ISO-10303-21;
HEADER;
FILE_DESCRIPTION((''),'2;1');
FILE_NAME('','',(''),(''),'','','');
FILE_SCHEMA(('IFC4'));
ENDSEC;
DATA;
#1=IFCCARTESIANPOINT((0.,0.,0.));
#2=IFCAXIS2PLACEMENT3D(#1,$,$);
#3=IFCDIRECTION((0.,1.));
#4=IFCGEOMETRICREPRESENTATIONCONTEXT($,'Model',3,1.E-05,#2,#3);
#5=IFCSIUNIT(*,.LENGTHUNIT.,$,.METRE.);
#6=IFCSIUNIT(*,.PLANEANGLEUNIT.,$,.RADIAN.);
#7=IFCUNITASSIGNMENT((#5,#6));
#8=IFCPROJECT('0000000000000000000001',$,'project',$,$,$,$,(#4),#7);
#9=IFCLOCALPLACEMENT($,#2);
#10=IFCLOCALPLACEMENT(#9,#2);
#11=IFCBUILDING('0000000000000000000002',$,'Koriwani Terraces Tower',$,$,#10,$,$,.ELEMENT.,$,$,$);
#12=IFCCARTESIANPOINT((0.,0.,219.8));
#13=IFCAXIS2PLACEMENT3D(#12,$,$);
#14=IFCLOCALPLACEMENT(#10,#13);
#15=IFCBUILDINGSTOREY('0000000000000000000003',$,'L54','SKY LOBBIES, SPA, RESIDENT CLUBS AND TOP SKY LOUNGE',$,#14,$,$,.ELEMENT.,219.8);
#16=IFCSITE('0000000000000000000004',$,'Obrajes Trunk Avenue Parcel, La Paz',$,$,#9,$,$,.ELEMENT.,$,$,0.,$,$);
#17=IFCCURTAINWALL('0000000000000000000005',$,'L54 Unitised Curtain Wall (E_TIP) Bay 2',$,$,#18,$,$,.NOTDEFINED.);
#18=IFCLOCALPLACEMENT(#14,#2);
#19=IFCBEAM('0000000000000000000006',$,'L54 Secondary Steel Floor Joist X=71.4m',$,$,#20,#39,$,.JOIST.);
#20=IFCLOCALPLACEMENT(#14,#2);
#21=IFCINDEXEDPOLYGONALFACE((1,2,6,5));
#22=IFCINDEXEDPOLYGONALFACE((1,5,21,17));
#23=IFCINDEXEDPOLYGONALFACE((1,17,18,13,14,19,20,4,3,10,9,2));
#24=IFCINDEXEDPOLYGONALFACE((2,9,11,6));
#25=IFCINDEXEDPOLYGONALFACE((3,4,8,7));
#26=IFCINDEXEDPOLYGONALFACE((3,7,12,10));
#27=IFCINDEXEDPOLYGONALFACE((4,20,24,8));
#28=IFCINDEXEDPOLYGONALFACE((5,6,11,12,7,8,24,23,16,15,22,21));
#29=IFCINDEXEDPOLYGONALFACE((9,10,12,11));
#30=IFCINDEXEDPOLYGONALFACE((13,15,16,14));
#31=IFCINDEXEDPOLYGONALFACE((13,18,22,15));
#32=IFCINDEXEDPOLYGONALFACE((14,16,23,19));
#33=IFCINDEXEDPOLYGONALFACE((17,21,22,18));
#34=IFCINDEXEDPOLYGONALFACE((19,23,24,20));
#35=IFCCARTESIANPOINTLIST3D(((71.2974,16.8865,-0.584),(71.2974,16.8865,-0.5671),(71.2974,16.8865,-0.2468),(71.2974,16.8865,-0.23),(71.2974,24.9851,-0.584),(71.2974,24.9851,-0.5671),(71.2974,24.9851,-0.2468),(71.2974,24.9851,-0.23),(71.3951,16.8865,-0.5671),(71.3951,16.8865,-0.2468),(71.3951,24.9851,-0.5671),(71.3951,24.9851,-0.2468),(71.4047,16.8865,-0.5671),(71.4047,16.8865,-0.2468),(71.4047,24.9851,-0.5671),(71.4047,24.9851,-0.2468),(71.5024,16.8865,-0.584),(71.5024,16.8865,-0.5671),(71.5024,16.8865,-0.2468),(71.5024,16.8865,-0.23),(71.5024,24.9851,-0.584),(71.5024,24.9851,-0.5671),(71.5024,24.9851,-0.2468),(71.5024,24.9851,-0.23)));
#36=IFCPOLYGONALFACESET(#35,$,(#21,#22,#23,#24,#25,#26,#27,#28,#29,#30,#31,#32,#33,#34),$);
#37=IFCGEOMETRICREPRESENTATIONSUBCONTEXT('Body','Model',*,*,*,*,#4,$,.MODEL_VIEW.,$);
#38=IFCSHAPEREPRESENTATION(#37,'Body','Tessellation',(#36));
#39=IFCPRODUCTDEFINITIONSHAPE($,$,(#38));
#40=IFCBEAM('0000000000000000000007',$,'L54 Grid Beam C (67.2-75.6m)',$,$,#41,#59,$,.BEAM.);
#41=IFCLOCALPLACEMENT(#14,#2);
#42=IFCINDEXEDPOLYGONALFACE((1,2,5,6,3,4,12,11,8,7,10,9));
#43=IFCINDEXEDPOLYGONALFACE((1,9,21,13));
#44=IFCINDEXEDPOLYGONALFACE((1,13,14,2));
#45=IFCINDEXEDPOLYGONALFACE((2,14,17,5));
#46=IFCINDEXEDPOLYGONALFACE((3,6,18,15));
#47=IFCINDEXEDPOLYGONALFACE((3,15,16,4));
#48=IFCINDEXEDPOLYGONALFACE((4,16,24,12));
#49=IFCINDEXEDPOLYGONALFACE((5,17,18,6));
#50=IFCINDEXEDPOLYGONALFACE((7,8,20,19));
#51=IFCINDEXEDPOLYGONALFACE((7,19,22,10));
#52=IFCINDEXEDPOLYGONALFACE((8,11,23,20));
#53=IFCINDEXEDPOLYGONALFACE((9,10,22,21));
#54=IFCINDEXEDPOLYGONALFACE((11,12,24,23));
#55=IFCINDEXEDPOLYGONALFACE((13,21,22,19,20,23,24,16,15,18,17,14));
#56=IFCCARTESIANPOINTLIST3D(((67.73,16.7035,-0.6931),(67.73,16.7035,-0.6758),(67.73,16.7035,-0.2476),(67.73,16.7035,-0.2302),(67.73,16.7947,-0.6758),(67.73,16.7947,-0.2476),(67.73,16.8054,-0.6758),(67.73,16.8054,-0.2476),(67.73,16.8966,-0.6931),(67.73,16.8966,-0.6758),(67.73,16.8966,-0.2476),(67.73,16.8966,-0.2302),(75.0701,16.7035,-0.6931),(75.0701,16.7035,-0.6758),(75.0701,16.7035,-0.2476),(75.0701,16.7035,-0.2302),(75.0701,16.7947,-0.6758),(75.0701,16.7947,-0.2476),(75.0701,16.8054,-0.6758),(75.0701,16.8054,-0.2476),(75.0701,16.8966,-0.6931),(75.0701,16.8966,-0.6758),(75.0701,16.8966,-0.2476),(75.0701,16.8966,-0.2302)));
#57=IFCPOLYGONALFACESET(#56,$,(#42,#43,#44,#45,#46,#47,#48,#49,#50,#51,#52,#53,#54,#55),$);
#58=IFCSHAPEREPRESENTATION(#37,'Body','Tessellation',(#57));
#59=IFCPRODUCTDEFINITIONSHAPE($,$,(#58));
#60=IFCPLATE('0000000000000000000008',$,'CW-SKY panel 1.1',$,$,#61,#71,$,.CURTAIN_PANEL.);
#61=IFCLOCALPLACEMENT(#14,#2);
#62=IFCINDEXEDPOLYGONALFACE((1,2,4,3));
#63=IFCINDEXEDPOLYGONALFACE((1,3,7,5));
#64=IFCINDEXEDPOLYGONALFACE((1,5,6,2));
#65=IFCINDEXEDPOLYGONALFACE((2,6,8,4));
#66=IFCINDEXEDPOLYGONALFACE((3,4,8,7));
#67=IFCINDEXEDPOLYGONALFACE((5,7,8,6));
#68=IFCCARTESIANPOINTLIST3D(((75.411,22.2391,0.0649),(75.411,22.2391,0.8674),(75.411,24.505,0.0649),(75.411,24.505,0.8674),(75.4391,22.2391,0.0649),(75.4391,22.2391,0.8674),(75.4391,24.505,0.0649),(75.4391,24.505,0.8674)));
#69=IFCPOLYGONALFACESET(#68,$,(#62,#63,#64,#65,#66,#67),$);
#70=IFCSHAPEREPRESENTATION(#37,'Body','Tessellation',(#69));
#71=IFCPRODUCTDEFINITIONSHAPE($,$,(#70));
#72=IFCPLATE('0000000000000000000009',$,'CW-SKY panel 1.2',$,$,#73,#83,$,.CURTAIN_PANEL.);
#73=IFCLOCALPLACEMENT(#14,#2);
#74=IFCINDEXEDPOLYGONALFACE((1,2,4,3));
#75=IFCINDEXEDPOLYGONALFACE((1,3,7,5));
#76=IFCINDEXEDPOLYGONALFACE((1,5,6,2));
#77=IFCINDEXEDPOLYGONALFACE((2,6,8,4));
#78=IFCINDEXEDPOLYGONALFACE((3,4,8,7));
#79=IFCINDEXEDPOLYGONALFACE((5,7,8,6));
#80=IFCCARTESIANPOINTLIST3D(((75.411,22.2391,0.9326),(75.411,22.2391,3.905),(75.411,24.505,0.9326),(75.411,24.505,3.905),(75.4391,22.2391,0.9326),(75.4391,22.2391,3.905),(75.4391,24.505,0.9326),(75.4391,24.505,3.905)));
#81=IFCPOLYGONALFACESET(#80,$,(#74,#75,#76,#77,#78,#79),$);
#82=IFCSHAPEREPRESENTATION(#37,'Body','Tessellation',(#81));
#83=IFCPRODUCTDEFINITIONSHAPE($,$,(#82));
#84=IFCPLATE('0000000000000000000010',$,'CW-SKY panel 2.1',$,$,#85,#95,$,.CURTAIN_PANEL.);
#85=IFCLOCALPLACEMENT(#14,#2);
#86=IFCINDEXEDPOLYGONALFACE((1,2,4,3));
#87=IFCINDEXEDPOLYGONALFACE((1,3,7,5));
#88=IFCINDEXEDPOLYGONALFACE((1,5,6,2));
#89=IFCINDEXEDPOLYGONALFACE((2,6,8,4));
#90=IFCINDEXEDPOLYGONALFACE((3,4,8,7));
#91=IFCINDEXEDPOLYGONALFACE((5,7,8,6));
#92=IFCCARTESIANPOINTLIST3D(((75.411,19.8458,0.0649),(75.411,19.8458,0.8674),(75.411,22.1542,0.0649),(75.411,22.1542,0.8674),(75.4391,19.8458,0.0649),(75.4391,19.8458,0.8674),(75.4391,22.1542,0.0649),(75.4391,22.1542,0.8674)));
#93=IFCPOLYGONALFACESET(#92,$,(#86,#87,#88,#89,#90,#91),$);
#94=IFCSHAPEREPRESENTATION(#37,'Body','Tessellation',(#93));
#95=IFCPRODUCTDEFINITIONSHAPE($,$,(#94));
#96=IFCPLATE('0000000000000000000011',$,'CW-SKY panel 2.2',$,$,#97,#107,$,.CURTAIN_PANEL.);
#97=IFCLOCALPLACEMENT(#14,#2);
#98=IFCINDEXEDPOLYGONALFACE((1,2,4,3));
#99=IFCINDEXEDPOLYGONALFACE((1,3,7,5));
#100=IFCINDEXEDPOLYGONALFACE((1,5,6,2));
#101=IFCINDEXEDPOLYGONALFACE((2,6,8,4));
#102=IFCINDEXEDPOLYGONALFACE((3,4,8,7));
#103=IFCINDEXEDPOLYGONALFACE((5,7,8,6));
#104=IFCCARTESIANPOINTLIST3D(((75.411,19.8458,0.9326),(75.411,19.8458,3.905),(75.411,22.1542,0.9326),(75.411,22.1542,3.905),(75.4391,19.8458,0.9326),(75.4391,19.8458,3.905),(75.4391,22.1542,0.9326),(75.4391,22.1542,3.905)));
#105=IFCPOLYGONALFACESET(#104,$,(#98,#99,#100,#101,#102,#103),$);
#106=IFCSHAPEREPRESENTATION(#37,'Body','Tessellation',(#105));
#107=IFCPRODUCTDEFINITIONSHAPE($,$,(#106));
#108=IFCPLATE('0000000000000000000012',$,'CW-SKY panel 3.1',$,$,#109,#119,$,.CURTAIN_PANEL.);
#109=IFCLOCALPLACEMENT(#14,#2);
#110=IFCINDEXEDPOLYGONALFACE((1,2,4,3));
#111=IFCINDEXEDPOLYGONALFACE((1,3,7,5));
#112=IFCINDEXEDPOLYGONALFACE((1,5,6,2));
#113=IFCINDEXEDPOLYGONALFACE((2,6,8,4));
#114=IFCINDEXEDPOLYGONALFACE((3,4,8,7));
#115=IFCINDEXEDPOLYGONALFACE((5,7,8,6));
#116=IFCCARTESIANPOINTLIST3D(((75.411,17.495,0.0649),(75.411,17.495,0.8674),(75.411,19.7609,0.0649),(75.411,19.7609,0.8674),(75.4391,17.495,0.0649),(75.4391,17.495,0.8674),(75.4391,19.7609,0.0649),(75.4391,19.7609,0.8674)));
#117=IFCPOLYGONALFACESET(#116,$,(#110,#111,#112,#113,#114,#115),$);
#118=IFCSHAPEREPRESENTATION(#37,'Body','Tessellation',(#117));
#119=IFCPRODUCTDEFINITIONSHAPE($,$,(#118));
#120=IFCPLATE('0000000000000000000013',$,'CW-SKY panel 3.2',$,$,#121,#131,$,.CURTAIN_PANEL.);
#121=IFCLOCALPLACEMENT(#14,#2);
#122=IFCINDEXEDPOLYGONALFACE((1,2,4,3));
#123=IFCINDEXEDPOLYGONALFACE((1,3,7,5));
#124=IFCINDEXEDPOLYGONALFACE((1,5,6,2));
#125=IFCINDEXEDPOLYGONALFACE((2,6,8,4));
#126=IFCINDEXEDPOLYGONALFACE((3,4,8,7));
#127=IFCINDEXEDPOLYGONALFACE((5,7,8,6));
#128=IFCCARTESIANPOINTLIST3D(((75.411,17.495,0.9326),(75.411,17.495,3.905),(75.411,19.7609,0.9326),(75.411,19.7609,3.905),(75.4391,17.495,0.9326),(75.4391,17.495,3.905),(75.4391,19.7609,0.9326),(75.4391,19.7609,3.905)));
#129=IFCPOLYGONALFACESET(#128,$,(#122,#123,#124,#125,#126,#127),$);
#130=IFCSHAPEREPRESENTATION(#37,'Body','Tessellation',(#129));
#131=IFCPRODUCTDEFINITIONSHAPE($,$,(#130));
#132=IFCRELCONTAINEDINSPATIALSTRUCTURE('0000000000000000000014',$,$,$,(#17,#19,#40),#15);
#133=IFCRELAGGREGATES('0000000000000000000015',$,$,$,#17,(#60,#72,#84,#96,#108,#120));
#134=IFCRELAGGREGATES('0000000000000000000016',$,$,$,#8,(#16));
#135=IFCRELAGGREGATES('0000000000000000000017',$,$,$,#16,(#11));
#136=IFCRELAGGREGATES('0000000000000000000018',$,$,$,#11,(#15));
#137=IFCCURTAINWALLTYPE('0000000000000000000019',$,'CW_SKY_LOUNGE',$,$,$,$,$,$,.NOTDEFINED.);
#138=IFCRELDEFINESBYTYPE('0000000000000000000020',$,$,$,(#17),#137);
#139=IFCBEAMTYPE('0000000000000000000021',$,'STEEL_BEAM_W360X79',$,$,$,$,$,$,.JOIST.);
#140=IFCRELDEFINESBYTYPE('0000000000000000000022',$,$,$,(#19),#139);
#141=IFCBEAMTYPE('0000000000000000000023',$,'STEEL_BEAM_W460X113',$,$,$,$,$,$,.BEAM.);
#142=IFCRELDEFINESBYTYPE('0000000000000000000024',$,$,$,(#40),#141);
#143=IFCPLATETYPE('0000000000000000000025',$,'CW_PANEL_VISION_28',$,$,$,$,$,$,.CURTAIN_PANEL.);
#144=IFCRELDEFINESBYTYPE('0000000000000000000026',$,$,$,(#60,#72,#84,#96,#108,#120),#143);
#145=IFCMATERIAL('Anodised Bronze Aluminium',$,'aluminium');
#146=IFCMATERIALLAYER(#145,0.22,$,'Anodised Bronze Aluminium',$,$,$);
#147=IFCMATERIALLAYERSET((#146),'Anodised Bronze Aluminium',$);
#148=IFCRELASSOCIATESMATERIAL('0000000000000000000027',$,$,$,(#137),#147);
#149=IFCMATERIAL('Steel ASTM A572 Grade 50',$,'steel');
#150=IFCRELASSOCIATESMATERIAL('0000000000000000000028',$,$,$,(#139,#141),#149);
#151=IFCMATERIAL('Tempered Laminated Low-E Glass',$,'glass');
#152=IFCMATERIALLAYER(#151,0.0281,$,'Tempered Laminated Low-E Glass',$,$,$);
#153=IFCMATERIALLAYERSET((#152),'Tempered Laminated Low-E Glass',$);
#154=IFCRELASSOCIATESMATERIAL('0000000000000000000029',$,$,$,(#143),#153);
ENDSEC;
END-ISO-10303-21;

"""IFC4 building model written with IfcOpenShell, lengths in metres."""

from ifc_helpers import new_model, si_unit, direction, frame, origin, origin_2d, place, context, subcontext, project, spatial, rectangle, i_section, extrude, material, layer, layer_set, material_profile, profile_set, type_object, element, aggregate, save


model = new_model("IFC4")

# Units and contexts
model_context = context("Model", 3, precision=1e-05, world=origin(), true_north=direction((0.0, 1.0)))
body_context = subcontext(model_context, "Body", "Model", "MODEL_VIEW")
ifc_project = project(units=[si_unit("LENGTHUNIT", "METRE"), si_unit("PLANEANGLEUNIT", "RADIAN")], contexts=[model_context])

# Site, building, storey
site_placement = place(None, origin())
site = spatial("IfcSite", under=ifc_project, at=site_placement, Name="Obrajes Trunk Avenue Parcel, La Paz", CompositionType="ELEMENT", RefElevation=0.0)
building_placement = place(site_placement, origin())
building = spatial("IfcBuilding", under=site, at=building_placement, Name="Koriwani Terraces Tower", CompositionType="ELEMENT")
storey_placement = place(building_placement, frame((0.0, 0.0, 219.8)))
storey = spatial("IfcBuildingStorey", under=building, at=storey_placement, Name="L54", Description="SKY LOBBIES, SPA, RESIDENT CLUBS AND TOP SKY LOUNGE", CompositionType="ELEMENT", Elevation=219.8)

# Curtain wall
ifc_material_1 = material(Name="Anodised Bronze Aluminium", Category="aluminium")
ifc_layer_1 = layer(ifc_material_1, 0.22, Name="Anodised Bronze Aluminium")
ifc_layer_set_1 = layer_set([ifc_layer_1], Name="Anodised Bronze Aluminium")
curtain_wall_type = type_object("IfcCurtainWallType", Name="CW_SKY_LOUNGE", PredefinedType="NOTDEFINED", material=ifc_layer_set_1)
curtain_wall_1_placement = place(storey_placement, origin())
curtain_wall_1 = element("IfcCurtainWall", 1, at=curtain_wall_1_placement, inside=storey, type_object=curtain_wall_type, Name="L54 Unitised Curtain Wall (E_TIP) Bay 2", PredefinedType="NOTDEFINED")

# Beams
ifc_material_2 = material(Name="Steel ASTM A572 Grade 50", Category="steel")
ifc_material_profile_1 = material_profile(ifc_material_2, i_section(OverallWidth=0.2051, OverallDepth=0.354, WebThickness=0.0095, FlangeThickness=0.0168, at=origin_2d()), Name="Steel ASTM A572 Grade 50", Category="LoadBearing")
ifc_profile_set_1 = profile_set([ifc_material_profile_1], Name="Steel ASTM A572 Grade 50")
beam_type_1 = type_object("IfcBeamType", Name="STEEL_BEAM_W360X79", PredefinedType="JOIST", material=ifc_profile_set_1)
beam_1_placement = place(storey_placement, frame((71.3999, 16.8865, -0.407), z_axis=(0.0, 1.0, 0.0), x_axis=(-1.0, 0.0, 0.0)))
element("IfcBeam", 2, at=beam_1_placement, inside=storey, type_object=beam_type_1, Name="L54 Secondary Steel Floor Joist X=71.4m", PredefinedType="JOIST", context=body_context, shape_type="SweptSolid", body=[
    extrude(i_section(OverallWidth=0.2051, OverallDepth=0.354, WebThickness=0.0095, FlangeThickness=0.0168, at=origin_2d()), origin(), (0.0, 0.0, 1.0), 8.0986),
])
ifc_material_profile_2 = material_profile(ifc_material_2, i_section(OverallWidth=0.1931, OverallDepth=0.4629, WebThickness=0.0107, FlangeThickness=0.0173, at=origin_2d()), Name="Steel ASTM A572 Grade 50", Category="LoadBearing")
ifc_profile_set_2 = profile_set([ifc_material_profile_2], Name="Steel ASTM A572 Grade 50")
beam_type_2 = type_object("IfcBeamType", Name="STEEL_BEAM_W460X113", PredefinedType="BEAM", material=ifc_profile_set_2)
beam_2_placement = place(storey_placement, frame((67.73, 16.8, -0.4617), z_axis=(1.0, 0.0, 0.0), x_axis=(0.0, 1.0, 0.0)))
element("IfcBeam", 3, at=beam_2_placement, inside=storey, type_object=beam_type_2, Name="L54 Grid Beam C (67.2-75.6m)", PredefinedType="BEAM", context=body_context, shape_type="SweptSolid", body=[
    extrude(i_section(OverallWidth=0.1931, OverallDepth=0.4629, WebThickness=0.0107, FlangeThickness=0.0173, at=origin_2d()), origin(), (0.0, 0.0, 1.0), 7.3401),
])

# Plates
ifc_material_3 = material(Name="Tempered Laminated Low-E Glass", Category="glass")
ifc_layer_2 = layer(ifc_material_3, 0.0281, Name="Tempered Laminated Low-E Glass")
ifc_layer_set_2 = layer_set([ifc_layer_2], Name="Tempered Laminated Low-E Glass")
plate_type = type_object("IfcPlateType", Name="CW_PANEL_VISION_28", PredefinedType="CURTAIN_PANEL", material=ifc_layer_set_2)
plate_1_placement = place(storey_placement, frame((75.425, 23.3721, 0.0649), z_axis=(0.0, 0.0, 1.0), x_axis=(0.0, -1.0, 0.0)))
plate_1 = element("IfcPlate", 4, at=plate_1_placement, type_object=plate_type, Name="CW-SKY panel 1.1", PredefinedType="CURTAIN_PANEL", context=body_context, shape_type="SweptSolid", body=[
    extrude(rectangle(XDim=2.2659, YDim=0.0281, at=origin_2d()), origin(), (0.0, 0.0, 1.0), 0.8025),
])
plate_2_placement = place(storey_placement, frame((75.425, 23.3721, 0.9326), z_axis=(0.0, 0.0, 1.0), x_axis=(0.0, -1.0, 0.0)))
plate_2 = element("IfcPlate", 5, at=plate_2_placement, type_object=plate_type, Name="CW-SKY panel 1.2", PredefinedType="CURTAIN_PANEL", context=body_context, shape_type="SweptSolid", body=[
    extrude(rectangle(XDim=2.2659, YDim=0.0281, at=origin_2d()), origin(), (0.0, 0.0, 1.0), 2.9724),
])
plate_3_placement = place(storey_placement, frame((75.425, 21.0, 0.0649), z_axis=(0.0, 0.0, 1.0), x_axis=(0.0, -1.0, 0.0)))
plate_3 = element("IfcPlate", 6, at=plate_3_placement, type_object=plate_type, Name="CW-SKY panel 2.1", PredefinedType="CURTAIN_PANEL", context=body_context, shape_type="SweptSolid", body=[
    extrude(rectangle(XDim=2.3083, YDim=0.0281, at=origin_2d()), origin(), (0.0, 0.0, 1.0), 0.8025),
])
plate_4_placement = place(storey_placement, frame((75.425, 21.0, 0.9326), z_axis=(0.0, 0.0, 1.0), x_axis=(0.0, -1.0, 0.0)))
plate_4 = element("IfcPlate", 7, at=plate_4_placement, type_object=plate_type, Name="CW-SKY panel 2.2", PredefinedType="CURTAIN_PANEL", context=body_context, shape_type="SweptSolid", body=[
    extrude(rectangle(XDim=2.3083, YDim=0.0281, at=origin_2d()), origin(), (0.0, 0.0, 1.0), 2.9724),
])
plate_5_placement = place(storey_placement, frame((75.425, 18.6279, 0.0649), z_axis=(0.0, 0.0, 1.0), x_axis=(0.0, -1.0, 0.0)))
plate_5 = element("IfcPlate", 8, at=plate_5_placement, type_object=plate_type, Name="CW-SKY panel 3.1", PredefinedType="CURTAIN_PANEL", context=body_context, shape_type="SweptSolid", body=[
    extrude(rectangle(XDim=2.2659, YDim=0.0281, at=origin_2d()), origin(), (0.0, 0.0, 1.0), 0.8025),
])
plate_6_placement = place(storey_placement, frame((75.425, 18.6279, 0.9326), z_axis=(0.0, 0.0, 1.0), x_axis=(0.0, -1.0, 0.0)))
plate_6 = element("IfcPlate", 9, at=plate_6_placement, type_object=plate_type, Name="CW-SKY panel 3.2", PredefinedType="CURTAIN_PANEL", context=body_context, shape_type="SweptSolid", body=[
    extrude(rectangle(XDim=2.2659, YDim=0.0281, at=origin_2d()), origin(), (0.0, 0.0, 1.0), 2.9724),
])
aggregate(curtain_wall_1, [plate_1, plate_2, plate_3, plate_4, plate_5, plate_6])

save(model, "model.ifc")
